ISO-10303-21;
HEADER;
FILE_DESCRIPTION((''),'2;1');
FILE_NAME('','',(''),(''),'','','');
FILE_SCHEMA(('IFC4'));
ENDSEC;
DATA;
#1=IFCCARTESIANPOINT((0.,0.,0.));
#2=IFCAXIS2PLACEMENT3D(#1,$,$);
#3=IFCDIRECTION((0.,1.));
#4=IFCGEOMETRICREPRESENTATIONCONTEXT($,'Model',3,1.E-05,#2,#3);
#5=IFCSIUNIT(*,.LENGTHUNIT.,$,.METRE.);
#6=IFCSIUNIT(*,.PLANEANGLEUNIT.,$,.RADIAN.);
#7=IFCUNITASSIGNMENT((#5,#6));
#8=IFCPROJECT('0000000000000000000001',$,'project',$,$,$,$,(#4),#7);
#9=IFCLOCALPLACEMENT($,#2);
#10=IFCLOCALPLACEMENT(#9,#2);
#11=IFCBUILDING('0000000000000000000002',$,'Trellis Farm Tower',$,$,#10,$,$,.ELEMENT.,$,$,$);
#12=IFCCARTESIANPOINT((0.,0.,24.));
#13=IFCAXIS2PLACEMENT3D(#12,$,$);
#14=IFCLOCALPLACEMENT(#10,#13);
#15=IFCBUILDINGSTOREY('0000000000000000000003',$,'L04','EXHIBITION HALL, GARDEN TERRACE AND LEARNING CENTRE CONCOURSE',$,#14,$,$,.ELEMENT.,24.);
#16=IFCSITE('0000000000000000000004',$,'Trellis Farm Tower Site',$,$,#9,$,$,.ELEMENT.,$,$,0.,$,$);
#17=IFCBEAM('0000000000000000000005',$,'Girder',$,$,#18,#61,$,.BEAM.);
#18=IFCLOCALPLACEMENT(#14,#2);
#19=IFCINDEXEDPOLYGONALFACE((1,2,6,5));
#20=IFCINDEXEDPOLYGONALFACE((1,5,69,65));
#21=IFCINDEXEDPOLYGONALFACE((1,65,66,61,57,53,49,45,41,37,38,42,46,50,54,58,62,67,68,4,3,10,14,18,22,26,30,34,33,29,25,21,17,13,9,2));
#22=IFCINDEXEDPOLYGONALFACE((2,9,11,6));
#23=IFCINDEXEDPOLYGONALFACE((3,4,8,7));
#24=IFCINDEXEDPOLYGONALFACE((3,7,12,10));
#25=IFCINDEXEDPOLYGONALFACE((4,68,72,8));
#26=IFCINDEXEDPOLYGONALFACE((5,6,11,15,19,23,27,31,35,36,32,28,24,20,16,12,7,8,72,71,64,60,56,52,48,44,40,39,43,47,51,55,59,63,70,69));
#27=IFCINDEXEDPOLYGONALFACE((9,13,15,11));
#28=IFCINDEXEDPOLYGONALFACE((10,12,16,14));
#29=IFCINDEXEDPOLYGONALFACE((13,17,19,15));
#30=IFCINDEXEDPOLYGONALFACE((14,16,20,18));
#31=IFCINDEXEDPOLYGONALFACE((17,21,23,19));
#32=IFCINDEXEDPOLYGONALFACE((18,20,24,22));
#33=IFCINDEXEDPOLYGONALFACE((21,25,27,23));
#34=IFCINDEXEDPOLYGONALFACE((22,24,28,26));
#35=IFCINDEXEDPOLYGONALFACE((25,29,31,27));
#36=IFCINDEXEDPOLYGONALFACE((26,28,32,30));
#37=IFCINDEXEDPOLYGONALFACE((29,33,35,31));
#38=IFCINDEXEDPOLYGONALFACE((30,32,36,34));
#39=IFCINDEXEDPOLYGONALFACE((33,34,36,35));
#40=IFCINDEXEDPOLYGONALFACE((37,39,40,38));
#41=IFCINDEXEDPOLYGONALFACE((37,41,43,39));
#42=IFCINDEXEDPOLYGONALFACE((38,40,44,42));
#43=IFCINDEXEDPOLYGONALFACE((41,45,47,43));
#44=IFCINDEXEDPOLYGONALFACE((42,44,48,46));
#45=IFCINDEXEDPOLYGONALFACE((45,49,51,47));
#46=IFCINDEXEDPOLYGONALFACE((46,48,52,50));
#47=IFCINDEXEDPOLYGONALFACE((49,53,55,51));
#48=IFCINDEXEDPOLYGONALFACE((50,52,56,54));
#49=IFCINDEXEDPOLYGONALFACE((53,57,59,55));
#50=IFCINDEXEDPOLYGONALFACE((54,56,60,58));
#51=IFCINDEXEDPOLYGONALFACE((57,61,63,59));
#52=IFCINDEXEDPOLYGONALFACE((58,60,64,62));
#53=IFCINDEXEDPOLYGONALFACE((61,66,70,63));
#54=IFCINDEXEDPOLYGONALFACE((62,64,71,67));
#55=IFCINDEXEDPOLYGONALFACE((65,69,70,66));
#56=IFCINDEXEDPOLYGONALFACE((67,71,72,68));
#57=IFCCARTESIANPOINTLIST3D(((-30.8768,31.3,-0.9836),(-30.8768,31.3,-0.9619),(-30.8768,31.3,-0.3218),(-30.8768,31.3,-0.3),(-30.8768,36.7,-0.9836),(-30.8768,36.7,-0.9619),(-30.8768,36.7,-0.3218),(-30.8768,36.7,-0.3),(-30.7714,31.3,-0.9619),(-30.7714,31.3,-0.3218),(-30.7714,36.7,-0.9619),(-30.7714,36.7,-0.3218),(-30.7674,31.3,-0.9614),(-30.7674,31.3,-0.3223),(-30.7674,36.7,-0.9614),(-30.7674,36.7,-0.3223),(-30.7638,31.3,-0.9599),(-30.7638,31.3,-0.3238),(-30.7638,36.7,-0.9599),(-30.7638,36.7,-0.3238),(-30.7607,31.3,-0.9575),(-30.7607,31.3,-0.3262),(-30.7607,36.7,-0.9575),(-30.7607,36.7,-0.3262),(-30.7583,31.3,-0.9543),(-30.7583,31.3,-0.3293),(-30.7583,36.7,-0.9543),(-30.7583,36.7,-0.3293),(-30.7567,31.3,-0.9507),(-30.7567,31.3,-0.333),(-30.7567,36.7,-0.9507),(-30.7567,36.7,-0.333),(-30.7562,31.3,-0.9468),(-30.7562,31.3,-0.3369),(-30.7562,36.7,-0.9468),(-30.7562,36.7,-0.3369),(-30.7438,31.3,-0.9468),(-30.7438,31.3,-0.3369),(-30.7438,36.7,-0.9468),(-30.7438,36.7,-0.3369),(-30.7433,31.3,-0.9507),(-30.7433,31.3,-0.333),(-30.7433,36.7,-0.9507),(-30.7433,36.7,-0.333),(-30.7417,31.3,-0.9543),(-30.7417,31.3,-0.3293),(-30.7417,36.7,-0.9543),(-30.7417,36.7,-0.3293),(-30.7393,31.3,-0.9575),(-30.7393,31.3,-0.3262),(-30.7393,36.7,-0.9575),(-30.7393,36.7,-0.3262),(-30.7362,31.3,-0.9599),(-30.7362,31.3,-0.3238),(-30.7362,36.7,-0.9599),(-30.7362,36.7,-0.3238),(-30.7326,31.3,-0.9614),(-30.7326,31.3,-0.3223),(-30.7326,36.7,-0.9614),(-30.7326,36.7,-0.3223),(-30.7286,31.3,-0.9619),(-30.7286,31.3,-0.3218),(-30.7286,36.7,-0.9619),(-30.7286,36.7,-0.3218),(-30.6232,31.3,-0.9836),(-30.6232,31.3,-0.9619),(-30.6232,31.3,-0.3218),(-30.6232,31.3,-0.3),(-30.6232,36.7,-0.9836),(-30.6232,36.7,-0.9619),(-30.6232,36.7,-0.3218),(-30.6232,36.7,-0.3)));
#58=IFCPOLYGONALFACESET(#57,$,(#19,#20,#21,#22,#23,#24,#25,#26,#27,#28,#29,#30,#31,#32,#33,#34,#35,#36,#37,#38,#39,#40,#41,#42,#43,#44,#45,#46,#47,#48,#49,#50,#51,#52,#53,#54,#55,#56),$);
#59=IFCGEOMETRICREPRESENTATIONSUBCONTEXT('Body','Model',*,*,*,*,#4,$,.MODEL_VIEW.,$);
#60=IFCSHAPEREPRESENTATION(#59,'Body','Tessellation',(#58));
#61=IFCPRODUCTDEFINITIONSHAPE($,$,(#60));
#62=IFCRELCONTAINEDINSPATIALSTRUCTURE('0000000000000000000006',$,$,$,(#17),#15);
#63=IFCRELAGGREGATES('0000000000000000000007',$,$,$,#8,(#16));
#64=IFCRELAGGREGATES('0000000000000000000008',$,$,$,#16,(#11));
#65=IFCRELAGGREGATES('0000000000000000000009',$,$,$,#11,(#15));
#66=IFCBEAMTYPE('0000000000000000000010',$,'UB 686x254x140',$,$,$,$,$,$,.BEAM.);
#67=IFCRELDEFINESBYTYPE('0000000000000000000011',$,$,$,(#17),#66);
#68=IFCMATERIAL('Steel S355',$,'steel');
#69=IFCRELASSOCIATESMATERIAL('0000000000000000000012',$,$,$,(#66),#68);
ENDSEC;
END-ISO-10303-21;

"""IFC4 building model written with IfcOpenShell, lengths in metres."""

from ifc_helpers import new_model, si_unit, direction, frame, origin, origin_2d, place, context, subcontext, project, spatial, i_section, extrude, source, transform, mapped, material, material_profile, profile_set, type_object, element, save


model = new_model("IFC4")

# Units and contexts
model_context = context("Model", 3, precision=1e-05, world=origin(), true_north=direction((0.0, 1.0)))
body_context = subcontext(model_context, "Body", "Model", "MODEL_VIEW")
ifc_project = project(units=[si_unit("LENGTHUNIT", "METRE"), si_unit("PLANEANGLEUNIT", "RADIAN")], contexts=[model_context])

# Site, building, storey
site_placement = place(None, origin())
site = spatial("IfcSite", under=ifc_project, at=site_placement, Name="Trellis Farm Tower Site", CompositionType="ELEMENT", RefElevation=0.0)
building_placement = place(site_placement, origin())
building = spatial("IfcBuilding", under=site, at=building_placement, Name="Trellis Farm Tower", CompositionType="ELEMENT")
storey_placement = place(building_placement, frame((0.0, 0.0, 24.0)))
storey = spatial("IfcBuildingStorey", under=building, at=storey_placement, Name="L04", Description="EXHIBITION HALL, GARDEN TERRACE AND LEARNING CENTRE CONCOURSE", CompositionType="ELEMENT", Elevation=24.0)

# Beam
ifc_material_1 = material(Name="Steel S355", Category="steel")
ifc_material_profile_1 = material_profile(ifc_material_1, i_section(OverallWidth=0.2537, OverallDepth=0.6836, WebThickness=0.0125, FlangeThickness=0.0217, FilletRadius=0.0151, at=origin_2d()), Name="UB 686x254x140")
ifc_profile_set_1 = profile_set([ifc_material_profile_1], Name="Steel S355")
beam_type_1 = type_object("IfcBeamType", Name="UB 686x254x140", PredefinedType="BEAM", material=ifc_profile_set_1)
shared_shape_1 = source(origin(), body_context, "Body", "SweptSolid", [
    extrude(i_section(OverallWidth=0.2537, OverallDepth=0.6836, WebThickness=0.0125, FlangeThickness=0.0217, FilletRadius=0.0151, at=origin_2d()), origin(), (0.0, 0.0, 1.0), 5.3999),
])
for number, where, z_axis, x_axis, name in (
    (1, (-30.75, 31.3, -0.6418), (0.0, 1.0, 0.0), (-1.0, 0.0, 0.0), "Girder"),
):
    element("IfcBeam", number, at=place(storey_placement, frame(where, z_axis=z_axis, x_axis=x_axis)), inside=storey, type_object=beam_type_1, Name=name, PredefinedType="BEAM", context=body_context, shape_type="MappedRepresentation", body=[
        mapped(shared_shape_1, transform((0.0, 0.0, 0.0))),
    ])

save(model, "model.ifc")
